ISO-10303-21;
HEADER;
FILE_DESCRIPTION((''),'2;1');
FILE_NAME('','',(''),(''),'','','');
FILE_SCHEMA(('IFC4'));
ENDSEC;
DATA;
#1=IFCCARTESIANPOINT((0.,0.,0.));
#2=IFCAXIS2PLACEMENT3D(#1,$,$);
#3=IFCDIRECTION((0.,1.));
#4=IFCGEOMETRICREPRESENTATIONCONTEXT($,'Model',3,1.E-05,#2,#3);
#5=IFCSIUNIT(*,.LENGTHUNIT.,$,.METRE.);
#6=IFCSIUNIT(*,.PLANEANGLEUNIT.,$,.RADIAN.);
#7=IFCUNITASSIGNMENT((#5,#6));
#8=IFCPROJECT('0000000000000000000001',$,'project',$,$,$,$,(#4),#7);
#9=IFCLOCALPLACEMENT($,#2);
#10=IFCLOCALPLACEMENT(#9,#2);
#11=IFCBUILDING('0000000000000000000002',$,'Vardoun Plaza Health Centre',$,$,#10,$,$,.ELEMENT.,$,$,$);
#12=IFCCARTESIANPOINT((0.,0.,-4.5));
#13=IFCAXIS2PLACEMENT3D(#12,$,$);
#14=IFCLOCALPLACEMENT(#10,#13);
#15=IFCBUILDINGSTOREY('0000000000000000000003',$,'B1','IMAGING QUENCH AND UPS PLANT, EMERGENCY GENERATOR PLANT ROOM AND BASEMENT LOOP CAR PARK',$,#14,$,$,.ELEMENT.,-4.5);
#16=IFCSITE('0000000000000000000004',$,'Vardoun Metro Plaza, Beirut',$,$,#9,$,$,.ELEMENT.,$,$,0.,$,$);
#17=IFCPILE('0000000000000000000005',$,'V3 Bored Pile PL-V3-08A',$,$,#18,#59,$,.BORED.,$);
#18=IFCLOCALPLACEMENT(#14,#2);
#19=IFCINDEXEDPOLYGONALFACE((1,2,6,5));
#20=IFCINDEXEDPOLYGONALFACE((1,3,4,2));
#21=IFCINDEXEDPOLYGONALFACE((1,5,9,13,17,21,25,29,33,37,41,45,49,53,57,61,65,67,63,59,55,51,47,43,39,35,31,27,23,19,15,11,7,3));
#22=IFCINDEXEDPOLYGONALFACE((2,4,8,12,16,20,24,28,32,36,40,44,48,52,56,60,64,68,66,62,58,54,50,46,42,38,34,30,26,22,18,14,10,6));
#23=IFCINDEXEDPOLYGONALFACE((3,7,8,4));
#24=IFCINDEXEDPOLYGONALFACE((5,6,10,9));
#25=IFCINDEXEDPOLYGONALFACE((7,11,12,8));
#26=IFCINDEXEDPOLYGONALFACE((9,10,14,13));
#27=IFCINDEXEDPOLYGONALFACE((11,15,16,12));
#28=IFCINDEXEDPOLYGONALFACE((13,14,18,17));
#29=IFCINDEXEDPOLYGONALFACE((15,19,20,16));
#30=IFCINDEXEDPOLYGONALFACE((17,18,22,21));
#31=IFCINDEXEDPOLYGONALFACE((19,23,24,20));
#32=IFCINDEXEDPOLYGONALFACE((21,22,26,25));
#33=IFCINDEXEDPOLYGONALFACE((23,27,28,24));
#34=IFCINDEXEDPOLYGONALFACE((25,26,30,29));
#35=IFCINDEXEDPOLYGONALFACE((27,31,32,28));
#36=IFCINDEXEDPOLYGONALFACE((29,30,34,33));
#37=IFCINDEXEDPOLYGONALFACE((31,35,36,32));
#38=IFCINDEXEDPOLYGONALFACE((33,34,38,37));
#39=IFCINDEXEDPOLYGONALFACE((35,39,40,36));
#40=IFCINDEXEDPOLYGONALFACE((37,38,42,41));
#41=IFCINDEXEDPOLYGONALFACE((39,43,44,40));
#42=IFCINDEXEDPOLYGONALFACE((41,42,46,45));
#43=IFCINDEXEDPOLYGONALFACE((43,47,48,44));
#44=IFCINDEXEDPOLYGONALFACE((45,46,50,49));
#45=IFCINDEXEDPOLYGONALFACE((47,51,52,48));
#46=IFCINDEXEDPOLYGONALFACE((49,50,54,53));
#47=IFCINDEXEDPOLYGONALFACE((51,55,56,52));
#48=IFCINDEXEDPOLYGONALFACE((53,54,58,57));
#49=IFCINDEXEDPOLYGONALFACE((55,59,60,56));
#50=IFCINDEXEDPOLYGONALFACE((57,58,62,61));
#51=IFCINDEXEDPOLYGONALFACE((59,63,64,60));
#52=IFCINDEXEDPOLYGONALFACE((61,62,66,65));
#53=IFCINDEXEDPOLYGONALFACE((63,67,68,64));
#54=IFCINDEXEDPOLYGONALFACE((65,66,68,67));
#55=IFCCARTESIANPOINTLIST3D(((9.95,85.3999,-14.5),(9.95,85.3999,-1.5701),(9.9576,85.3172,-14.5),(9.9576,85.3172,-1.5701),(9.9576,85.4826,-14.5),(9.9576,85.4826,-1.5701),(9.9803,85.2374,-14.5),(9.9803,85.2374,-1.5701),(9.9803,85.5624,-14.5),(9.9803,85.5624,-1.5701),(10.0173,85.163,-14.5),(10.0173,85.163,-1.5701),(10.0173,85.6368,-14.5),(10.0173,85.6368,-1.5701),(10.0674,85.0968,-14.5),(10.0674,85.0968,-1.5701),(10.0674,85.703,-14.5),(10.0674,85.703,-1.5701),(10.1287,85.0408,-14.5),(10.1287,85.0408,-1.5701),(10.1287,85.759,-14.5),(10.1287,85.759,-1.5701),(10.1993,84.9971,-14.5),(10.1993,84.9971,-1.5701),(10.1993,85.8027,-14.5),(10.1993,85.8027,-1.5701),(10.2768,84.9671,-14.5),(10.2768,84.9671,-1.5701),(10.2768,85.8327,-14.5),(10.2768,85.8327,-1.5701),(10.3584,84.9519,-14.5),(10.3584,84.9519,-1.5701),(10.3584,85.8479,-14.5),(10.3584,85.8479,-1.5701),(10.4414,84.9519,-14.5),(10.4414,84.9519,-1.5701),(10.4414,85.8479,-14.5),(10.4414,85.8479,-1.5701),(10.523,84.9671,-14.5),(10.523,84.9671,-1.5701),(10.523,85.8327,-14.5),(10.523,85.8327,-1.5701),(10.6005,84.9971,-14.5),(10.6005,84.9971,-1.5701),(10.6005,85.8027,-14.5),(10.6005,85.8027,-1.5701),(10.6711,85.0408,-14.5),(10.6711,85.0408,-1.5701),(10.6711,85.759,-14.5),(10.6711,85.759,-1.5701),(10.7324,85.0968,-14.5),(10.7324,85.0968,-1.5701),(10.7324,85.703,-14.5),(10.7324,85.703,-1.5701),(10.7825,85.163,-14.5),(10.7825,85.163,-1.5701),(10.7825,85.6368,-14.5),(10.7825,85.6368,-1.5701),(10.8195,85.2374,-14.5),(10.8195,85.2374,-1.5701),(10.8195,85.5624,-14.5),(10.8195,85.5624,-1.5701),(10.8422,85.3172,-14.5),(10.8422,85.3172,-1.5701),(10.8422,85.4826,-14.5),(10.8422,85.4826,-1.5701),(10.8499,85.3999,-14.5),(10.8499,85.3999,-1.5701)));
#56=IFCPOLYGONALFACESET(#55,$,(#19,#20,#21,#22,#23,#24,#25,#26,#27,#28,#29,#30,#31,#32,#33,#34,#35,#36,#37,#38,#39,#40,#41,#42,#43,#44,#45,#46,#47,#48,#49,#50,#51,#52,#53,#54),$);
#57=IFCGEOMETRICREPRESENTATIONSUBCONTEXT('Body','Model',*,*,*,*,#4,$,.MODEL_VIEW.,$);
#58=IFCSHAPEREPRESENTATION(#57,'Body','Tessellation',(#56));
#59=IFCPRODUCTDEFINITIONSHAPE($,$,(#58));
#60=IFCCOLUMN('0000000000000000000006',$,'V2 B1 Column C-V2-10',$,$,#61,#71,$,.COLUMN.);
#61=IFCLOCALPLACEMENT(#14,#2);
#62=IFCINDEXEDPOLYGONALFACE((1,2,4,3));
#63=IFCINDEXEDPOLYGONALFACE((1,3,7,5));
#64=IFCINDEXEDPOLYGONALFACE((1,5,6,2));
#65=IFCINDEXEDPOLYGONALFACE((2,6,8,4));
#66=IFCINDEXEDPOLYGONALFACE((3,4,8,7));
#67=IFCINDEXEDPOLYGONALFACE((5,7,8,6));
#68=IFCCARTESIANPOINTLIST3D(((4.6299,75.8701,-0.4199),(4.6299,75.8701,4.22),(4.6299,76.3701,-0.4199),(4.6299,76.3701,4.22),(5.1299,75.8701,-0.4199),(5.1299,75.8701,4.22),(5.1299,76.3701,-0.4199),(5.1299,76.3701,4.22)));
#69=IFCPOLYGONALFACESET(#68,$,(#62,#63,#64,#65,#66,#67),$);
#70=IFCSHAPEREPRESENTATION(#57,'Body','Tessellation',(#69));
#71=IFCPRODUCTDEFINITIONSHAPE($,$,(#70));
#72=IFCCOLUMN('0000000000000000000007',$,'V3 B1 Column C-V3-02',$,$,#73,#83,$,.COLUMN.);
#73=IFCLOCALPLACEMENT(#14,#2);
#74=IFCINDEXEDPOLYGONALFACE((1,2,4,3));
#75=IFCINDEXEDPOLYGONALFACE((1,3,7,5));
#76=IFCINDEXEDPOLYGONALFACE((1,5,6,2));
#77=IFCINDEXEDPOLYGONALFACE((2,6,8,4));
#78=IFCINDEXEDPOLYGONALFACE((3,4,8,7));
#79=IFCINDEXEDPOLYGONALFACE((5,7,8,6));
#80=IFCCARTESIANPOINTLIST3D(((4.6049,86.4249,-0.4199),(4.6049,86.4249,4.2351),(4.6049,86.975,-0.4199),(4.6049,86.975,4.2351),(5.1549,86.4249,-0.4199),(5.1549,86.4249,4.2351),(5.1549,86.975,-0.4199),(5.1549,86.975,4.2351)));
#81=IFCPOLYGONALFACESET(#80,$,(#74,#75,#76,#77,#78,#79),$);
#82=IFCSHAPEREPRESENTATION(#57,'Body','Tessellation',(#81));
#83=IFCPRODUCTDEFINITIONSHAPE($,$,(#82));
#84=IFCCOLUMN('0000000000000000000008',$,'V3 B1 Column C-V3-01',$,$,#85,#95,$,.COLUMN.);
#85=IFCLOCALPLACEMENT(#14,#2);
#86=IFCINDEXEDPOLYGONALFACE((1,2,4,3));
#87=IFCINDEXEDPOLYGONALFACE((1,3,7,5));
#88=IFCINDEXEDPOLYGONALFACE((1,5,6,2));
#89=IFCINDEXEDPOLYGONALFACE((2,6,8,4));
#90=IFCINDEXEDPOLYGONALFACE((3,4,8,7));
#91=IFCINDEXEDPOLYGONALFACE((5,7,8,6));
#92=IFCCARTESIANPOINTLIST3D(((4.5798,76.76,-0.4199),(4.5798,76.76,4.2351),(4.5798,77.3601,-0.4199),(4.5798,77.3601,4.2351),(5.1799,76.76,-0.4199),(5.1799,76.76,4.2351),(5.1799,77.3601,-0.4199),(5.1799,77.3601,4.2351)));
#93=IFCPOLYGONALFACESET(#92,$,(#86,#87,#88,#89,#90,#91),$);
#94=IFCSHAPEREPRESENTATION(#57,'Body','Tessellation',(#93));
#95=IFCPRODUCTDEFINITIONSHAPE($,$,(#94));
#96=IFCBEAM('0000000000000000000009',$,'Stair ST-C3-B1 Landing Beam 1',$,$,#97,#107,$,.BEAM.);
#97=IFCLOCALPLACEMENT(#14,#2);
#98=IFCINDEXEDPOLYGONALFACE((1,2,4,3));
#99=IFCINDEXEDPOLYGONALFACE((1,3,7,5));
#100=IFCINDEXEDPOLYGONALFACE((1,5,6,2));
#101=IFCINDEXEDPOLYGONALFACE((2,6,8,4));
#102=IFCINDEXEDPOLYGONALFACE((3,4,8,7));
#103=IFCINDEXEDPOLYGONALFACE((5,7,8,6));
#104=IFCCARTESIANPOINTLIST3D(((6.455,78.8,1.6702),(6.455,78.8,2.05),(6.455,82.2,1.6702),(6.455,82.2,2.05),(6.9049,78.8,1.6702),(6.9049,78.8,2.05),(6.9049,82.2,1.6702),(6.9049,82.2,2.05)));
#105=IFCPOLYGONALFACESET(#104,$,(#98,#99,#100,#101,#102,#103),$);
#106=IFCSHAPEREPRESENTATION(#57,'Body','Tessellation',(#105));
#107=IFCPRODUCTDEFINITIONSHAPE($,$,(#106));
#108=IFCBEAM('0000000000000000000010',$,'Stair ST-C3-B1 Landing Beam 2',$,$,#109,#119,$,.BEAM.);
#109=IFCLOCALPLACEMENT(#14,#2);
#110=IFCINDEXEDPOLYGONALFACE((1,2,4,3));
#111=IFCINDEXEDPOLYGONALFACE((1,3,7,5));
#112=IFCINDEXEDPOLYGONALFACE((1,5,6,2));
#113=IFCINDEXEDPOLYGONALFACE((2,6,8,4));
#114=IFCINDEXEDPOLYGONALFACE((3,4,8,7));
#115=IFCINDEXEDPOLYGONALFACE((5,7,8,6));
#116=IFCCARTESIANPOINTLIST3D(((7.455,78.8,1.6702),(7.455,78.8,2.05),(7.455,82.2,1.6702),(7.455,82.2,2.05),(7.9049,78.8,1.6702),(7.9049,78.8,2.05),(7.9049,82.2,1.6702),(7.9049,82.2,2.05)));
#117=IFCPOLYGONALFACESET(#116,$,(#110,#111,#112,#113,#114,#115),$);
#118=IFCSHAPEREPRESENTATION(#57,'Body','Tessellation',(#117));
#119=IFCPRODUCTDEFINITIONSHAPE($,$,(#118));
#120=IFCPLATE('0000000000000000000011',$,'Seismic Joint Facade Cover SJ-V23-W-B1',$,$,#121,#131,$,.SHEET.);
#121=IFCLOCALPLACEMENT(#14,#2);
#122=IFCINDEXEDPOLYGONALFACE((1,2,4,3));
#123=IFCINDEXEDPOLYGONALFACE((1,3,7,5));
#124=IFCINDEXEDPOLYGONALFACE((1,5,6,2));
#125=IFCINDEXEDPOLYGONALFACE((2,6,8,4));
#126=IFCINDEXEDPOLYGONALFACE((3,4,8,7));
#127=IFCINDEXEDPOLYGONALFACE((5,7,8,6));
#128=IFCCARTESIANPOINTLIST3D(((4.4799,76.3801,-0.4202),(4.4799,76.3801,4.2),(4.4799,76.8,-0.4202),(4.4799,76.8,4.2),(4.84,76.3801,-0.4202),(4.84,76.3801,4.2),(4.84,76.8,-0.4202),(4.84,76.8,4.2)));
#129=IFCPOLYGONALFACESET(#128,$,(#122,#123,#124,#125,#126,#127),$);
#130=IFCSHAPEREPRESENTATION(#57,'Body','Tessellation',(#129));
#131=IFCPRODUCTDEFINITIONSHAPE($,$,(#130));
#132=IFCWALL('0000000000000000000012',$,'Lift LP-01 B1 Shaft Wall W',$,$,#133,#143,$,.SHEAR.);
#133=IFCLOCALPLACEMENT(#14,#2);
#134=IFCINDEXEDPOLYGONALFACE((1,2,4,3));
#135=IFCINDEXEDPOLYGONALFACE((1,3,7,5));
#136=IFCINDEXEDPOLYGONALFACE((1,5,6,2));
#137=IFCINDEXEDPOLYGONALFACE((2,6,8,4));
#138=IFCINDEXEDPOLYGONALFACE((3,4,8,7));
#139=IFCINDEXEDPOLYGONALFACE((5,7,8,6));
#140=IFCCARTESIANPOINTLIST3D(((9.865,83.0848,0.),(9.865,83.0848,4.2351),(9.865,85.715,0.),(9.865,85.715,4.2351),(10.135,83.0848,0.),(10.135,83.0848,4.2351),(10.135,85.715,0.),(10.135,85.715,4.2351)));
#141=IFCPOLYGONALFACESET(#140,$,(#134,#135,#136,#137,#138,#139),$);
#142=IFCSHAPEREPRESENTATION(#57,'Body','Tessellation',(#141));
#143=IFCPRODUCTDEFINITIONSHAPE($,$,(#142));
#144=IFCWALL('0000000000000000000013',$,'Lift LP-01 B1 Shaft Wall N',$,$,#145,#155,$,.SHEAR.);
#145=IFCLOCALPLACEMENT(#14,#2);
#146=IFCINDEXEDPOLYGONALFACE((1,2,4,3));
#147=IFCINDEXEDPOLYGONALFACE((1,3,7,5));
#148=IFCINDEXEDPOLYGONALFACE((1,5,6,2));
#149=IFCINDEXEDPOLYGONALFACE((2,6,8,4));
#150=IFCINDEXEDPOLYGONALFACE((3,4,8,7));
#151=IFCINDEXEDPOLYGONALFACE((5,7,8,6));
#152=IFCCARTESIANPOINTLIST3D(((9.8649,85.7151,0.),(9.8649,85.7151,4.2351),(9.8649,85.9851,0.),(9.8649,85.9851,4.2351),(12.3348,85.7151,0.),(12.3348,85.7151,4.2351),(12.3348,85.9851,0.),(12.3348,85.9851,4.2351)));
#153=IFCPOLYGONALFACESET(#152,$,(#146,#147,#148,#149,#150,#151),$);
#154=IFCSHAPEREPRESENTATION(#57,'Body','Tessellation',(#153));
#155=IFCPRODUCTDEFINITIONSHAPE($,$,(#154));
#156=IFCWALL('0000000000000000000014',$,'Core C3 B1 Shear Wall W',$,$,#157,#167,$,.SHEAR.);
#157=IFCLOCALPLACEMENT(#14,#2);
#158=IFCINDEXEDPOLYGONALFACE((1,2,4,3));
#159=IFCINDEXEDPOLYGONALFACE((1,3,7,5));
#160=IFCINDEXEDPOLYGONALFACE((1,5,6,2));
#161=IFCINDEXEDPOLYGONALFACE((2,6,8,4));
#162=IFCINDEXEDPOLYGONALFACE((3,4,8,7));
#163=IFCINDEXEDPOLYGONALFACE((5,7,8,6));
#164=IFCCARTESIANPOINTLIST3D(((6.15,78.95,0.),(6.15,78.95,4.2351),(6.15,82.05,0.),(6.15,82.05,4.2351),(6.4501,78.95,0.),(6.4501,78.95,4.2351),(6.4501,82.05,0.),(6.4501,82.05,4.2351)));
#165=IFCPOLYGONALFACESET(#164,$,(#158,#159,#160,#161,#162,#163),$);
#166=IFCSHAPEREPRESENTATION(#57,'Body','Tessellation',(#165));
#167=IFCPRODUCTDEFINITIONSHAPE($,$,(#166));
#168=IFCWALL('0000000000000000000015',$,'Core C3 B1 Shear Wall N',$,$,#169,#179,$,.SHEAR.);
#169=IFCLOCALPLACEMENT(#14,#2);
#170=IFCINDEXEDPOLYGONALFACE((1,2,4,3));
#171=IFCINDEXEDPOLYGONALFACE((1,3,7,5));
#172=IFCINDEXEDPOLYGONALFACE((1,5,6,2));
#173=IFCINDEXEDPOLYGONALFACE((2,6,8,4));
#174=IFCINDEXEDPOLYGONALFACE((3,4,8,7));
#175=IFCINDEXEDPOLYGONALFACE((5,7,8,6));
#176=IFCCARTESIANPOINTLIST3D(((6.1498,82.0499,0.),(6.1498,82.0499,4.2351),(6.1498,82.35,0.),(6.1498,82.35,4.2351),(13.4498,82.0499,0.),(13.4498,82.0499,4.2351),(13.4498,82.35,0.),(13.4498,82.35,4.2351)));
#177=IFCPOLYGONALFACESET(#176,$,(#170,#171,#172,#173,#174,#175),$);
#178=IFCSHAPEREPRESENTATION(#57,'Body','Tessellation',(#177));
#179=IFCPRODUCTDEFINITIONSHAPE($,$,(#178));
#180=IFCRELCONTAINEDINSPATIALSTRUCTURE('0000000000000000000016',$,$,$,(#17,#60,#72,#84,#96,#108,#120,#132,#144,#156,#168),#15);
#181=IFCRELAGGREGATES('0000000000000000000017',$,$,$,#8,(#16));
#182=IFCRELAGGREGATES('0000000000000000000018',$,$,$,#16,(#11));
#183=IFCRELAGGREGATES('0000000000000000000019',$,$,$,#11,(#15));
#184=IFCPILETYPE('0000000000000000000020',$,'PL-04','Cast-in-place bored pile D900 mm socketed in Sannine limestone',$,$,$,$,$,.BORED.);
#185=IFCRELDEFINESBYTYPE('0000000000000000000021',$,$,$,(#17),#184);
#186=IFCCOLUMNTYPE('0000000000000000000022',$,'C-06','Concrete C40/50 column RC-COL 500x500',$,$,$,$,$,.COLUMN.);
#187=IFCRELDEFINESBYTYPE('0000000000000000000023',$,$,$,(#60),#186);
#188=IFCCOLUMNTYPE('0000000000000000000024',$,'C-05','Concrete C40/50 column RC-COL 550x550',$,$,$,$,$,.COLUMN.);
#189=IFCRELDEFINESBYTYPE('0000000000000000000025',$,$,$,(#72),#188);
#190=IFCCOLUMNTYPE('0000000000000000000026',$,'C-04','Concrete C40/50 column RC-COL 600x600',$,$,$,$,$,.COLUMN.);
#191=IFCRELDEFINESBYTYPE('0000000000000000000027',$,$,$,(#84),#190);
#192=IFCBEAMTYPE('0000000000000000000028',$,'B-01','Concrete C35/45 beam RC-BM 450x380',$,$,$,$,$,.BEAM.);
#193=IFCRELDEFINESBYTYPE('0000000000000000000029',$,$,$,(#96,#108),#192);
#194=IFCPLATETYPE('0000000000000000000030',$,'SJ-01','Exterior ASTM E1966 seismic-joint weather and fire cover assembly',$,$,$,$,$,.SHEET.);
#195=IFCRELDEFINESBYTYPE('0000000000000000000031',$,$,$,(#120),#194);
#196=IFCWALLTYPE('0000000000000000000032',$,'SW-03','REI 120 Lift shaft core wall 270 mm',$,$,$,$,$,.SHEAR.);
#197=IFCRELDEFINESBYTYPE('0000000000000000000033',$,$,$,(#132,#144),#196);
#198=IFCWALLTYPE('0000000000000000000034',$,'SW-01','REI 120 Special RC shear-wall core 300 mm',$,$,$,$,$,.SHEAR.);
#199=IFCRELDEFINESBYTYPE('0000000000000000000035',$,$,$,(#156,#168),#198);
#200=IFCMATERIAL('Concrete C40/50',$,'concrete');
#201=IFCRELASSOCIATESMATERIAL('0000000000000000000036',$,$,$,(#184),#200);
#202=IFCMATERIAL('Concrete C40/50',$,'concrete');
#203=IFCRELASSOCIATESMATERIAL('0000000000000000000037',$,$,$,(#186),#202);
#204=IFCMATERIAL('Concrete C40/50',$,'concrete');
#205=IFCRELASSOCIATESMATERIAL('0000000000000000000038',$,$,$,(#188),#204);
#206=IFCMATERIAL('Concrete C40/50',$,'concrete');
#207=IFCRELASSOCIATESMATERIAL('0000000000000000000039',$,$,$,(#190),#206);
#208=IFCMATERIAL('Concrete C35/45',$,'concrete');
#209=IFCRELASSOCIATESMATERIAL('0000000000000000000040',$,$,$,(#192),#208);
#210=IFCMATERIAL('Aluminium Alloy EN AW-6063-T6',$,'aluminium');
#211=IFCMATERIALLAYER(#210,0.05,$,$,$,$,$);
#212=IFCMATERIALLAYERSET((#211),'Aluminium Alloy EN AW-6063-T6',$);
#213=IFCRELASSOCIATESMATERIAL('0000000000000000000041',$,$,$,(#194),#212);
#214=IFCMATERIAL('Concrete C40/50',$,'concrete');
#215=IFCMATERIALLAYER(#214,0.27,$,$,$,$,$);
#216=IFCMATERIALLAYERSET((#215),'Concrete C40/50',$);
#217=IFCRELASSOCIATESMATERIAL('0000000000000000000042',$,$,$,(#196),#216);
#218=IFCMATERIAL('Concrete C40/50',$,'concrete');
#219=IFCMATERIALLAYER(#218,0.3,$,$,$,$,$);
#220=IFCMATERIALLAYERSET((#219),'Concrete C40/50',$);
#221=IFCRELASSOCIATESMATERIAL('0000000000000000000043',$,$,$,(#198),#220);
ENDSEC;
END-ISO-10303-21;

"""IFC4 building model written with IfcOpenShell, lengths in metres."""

from ifc_helpers import new_model, si_unit, direction, frame, frame_2d, origin, origin_2d, place, context, subcontext, project, spatial, rectangle, circle, extrude, material, layer, layer_set, material_profile, profile_set, type_object, element, save


model = new_model("IFC4")

# Units and contexts
model_context = context("Model", 3, precision=1e-05, world=origin(), true_north=direction((0.0, 1.0)))
body_context = subcontext(model_context, "Body", "Model", "MODEL_VIEW")
ifc_project = project(units=[si_unit("LENGTHUNIT", "METRE"), si_unit("PLANEANGLEUNIT", "RADIAN")], contexts=[model_context])

# Site, building, storey
site_placement = place(None, origin())
site = spatial("IfcSite", under=ifc_project, at=site_placement, Name="Vardoun Metro Plaza, Beirut", CompositionType="ELEMENT", RefElevation=0.0)
building_placement = place(site_placement, origin())
building = spatial("IfcBuilding", under=site, at=building_placement, Name="Vardoun Plaza Health Centre", CompositionType="ELEMENT")
storey_placement = place(building_placement, frame((0.0, 0.0, -4.5)))
storey = spatial("IfcBuildingStorey", under=building, at=storey_placement, Name="B1", Description="IMAGING QUENCH AND UPS PLANT, EMERGENCY GENERATOR PLANT ROOM AND BASEMENT LOOP CAR PARK", CompositionType="ELEMENT", Elevation=-4.5)

# Pile
ifc_material_1 = material(Name="Concrete C40/50", Category="concrete")
ifc_material_profile_1 = material_profile(ifc_material_1, circle(Radius=0.45, at=origin_2d()), Name="PILE D900")
ifc_profile_set_1 = profile_set([ifc_material_profile_1], Name="Concrete C40/50")
pile_type_1 = type_object("IfcPileType", Name="PL-04", Description="Cast-in-place bored pile D900 mm socketed in Sannine limestone", PredefinedType="BORED", material=ifc_profile_set_1)
pile_1_placement = place(storey_placement, frame((10.3999, 85.3999, -1.5701), z_axis=(0.0, 0.0, -1.0), x_axis=(1.0, 0.0, 0.0)))
element("IfcPile", 1, at=pile_1_placement, inside=storey, type_object=pile_type_1, Name="V3 Bored Pile PL-V3-08A", PredefinedType="BORED", context=body_context, shape_type="SweptSolid", body=[
    extrude(circle(Radius=0.45, at=origin_2d()), origin(), (0.0, 0.0, 1.0), 12.9299),
])

# Columns
ifc_material_2 = material(Name="Concrete C40/50", Category="concrete")
ifc_material_profile_2 = material_profile(ifc_material_2, rectangle(XDim=0.5, YDim=0.5, at=origin_2d()), Name="RC-COL 500x500")
ifc_profile_set_2 = profile_set([ifc_material_profile_2], Name="Concrete C40/50")
column_type_1 = type_object("IfcColumnType", Name="C-06", Description="Concrete C40/50 column RC-COL 500x500", PredefinedType="COLUMN", material=ifc_profile_set_2)
column_1_placement = place(storey_placement, frame((4.8799, 76.1201, -0.4199), z_axis=(0.0, 0.0, 1.0), x_axis=(1.0, 0.0, 0.0)))
element("IfcColumn", 2, at=column_1_placement, inside=storey, type_object=column_type_1, Name="V2 B1 Column C-V2-10", PredefinedType="COLUMN", context=body_context, shape_type="SweptSolid", body=[
    extrude(rectangle(XDim=0.5, YDim=0.5, at=origin_2d()), origin(), (0.0, 0.0, 1.0), 4.6399),
])
ifc_material_3 = material(Name="Concrete C40/50", Category="concrete")
ifc_material_profile_3 = material_profile(ifc_material_3, rectangle(XDim=0.55, YDim=0.55, at=origin_2d()), Name="RC-COL 550x550")
ifc_profile_set_3 = profile_set([ifc_material_profile_3], Name="Concrete C40/50")
column_type_2 = type_object("IfcColumnType", Name="C-05", Description="Concrete C40/50 column RC-COL 550x550", PredefinedType="COLUMN", material=ifc_profile_set_3)
column_2_placement = place(storey_placement, frame((4.8799, 86.7, -0.4199), z_axis=(0.0, 0.0, 1.0), x_axis=(1.0, 0.0, 0.0)))
element("IfcColumn", 3, at=column_2_placement, inside=storey, type_object=column_type_2, Name="V3 B1 Column C-V3-02", PredefinedType="COLUMN", context=body_context, shape_type="SweptSolid", body=[
    extrude(rectangle(XDim=0.55, YDim=0.55, at=origin_2d()), origin(), (0.0, 0.0, 1.0), 4.655),
])
ifc_material_4 = material(Name="Concrete C40/50", Category="concrete")
ifc_material_profile_4 = material_profile(ifc_material_4, rectangle(XDim=0.6001, YDim=0.6001, at=origin_2d()), Name="RC-COL 600x600")
ifc_profile_set_4 = profile_set([ifc_material_profile_4], Name="Concrete C40/50")
column_type_3 = type_object("IfcColumnType", Name="C-04", Description="Concrete C40/50 column RC-COL 600x600", PredefinedType="COLUMN", material=ifc_profile_set_4)
column_3_placement = place(storey_placement, frame((4.8799, 77.0601, -0.4199), z_axis=(0.0, 0.0, 1.0), x_axis=(1.0, 0.0, 0.0)))
element("IfcColumn", 4, at=column_3_placement, inside=storey, type_object=column_type_3, Name="V3 B1 Column C-V3-01", PredefinedType="COLUMN", context=body_context, shape_type="SweptSolid", body=[
    extrude(rectangle(XDim=0.6001, YDim=0.6001, at=origin_2d()), origin(), (0.0, 0.0, 1.0), 4.655),
])

# Beams
ifc_material_5 = material(Name="Concrete C35/45", Category="concrete")
ifc_material_profile_5 = material_profile(ifc_material_5, rectangle(XDim=0.45, YDim=0.3799, at=origin_2d()), Name="RC-BM 450x380")
ifc_profile_set_5 = profile_set([ifc_material_profile_5], Name="Concrete C35/45")
beam_type = type_object("IfcBeamType", Name="B-01", Description="Concrete C35/45 beam RC-BM 450x380", PredefinedType="BEAM", material=ifc_profile_set_5)
for number, where, z_axis, x_axis, name in (
    (5, (6.6799, 78.8, 1.8601), (0.0, 1.0, 0.0), (-1.0, 0.0, 0.0), "Stair ST-C3-B1 Landing Beam 1"),
    (6, (7.6799, 78.8, 1.8601), (0.0, 1.0, 0.0), (-1.0, 0.0, 0.0), "Stair ST-C3-B1 Landing Beam 2"),
):
    element("IfcBeam", number, at=place(storey_placement, frame(where, z_axis=z_axis, x_axis=x_axis)), inside=storey, type_object=beam_type, Name=name, PredefinedType="BEAM", context=body_context, shape_type="SweptSolid", body=[
        extrude(rectangle(XDim=0.45, YDim=0.3799, at=origin_2d()), origin(), (0.0, 0.0, 1.0), 3.3999),
    ])

# Plate
ifc_material_6 = material(Name="Aluminium Alloy EN AW-6063-T6", Category="aluminium")
ifc_layer_1 = layer(ifc_material_6, 0.05)
ifc_layer_set_1 = layer_set([ifc_layer_1], Name="Aluminium Alloy EN AW-6063-T6")
plate_type = type_object("IfcPlateType", Name="SJ-01", Description="Exterior ASTM E1966 seismic-joint weather and fire cover assembly", PredefinedType="SHEET", material=ifc_layer_set_1)
plate_placement = place(storey_placement, frame((4.6599, 76.5901, -0.4202), z_axis=(0.0, 0.0, 1.0), x_axis=(1.0, 0.0, 0.0)))
element("IfcPlate", 7, at=plate_placement, inside=storey, type_object=plate_type, Name="Seismic Joint Facade Cover SJ-V23-W-B1", PredefinedType="SHEET", context=body_context, shape_type="SweptSolid", body=[
    extrude(rectangle(XDim=0.3601, YDim=0.4199, at=origin_2d()), origin(), (0.0, 0.0, 1.0), 4.6201),
])

# Walls
ifc_material_7 = material(Name="Concrete C40/50", Category="concrete")
ifc_layer_2 = layer(ifc_material_7, 0.27)
ifc_layer_set_2 = layer_set([ifc_layer_2], Name="Concrete C40/50")
wall_type_1 = type_object("IfcWallType", Name="SW-03", Description="REI 120 Lift shaft core wall 270 mm", PredefinedType="SHEAR", material=ifc_layer_set_2)
wall_1_placement = place(storey_placement, frame((10.0, 83.085, 0.0), z_axis=(0.0, 0.0, 1.0), x_axis=(0.0, 1.0, 0.0)))
element("IfcWall", 8, at=wall_1_placement, inside=storey, type_object=wall_type_1, Name="Lift LP-01 B1 Shaft Wall W", PredefinedType="SHEAR", context=body_context, shape_type="SweptSolid", body=[
    extrude(rectangle(XDim=2.6301, YDim=0.27, at=frame_2d((1.3149, 0.0))), origin(), (0.0, 0.0, 1.0), 4.2351),
])
wall_2_placement = place(storey_placement, frame((9.865, 85.8501, 0.0), z_axis=(0.0, 0.0, 1.0), x_axis=(1.0, 0.0, 0.0)))
element("IfcWall", 9, at=wall_2_placement, inside=storey, type_object=wall_type_1, Name="Lift LP-01 B1 Shaft Wall N", PredefinedType="SHEAR", context=body_context, shape_type="SweptSolid", body=[
    extrude(rectangle(XDim=2.47, YDim=0.27, at=frame_2d((1.2349, 0.0))), origin(), (0.0, 0.0, 1.0), 4.2351),
])
ifc_material_8 = material(Name="Concrete C40/50", Category="concrete")
ifc_layer_3 = layer(ifc_material_8, 0.3)
ifc_layer_set_3 = layer_set([ifc_layer_3], Name="Concrete C40/50")
wall_type_2 = type_object("IfcWallType", Name="SW-01", Description="REI 120 Special RC shear-wall core 300 mm", PredefinedType="SHEAR", material=ifc_layer_set_3)
wall_3_placement = place(storey_placement, frame((6.3, 78.95, 0.0), z_axis=(0.0, 0.0, 1.0), x_axis=(0.0, 1.0, 0.0)))
element("IfcWall", 10, at=wall_3_placement, inside=storey, type_object=wall_type_2, Name="Core C3 B1 Shear Wall W", PredefinedType="SHEAR", context=body_context, shape_type="SweptSolid", body=[
    extrude(rectangle(XDim=3.1001, YDim=0.3, at=frame_2d((1.55, 0.0))), origin(), (0.0, 0.0, 1.0), 4.2351),
])
wall_4_placement = place(storey_placement, frame((6.1499, 82.2, 0.0), z_axis=(0.0, 0.0, 1.0), x_axis=(1.0, 0.0, 0.0)))
element("IfcWall", 11, at=wall_4_placement, inside=storey, type_object=wall_type_2, Name="Core C3 B1 Shear Wall N", PredefinedType="SHEAR", context=body_context, shape_type="SweptSolid", body=[
    extrude(rectangle(XDim=7.3, YDim=0.3, at=frame_2d((3.6499, 0.0))), origin(), (0.0, 0.0, 1.0), 4.2351),
])

save(model, "model.ifc")
